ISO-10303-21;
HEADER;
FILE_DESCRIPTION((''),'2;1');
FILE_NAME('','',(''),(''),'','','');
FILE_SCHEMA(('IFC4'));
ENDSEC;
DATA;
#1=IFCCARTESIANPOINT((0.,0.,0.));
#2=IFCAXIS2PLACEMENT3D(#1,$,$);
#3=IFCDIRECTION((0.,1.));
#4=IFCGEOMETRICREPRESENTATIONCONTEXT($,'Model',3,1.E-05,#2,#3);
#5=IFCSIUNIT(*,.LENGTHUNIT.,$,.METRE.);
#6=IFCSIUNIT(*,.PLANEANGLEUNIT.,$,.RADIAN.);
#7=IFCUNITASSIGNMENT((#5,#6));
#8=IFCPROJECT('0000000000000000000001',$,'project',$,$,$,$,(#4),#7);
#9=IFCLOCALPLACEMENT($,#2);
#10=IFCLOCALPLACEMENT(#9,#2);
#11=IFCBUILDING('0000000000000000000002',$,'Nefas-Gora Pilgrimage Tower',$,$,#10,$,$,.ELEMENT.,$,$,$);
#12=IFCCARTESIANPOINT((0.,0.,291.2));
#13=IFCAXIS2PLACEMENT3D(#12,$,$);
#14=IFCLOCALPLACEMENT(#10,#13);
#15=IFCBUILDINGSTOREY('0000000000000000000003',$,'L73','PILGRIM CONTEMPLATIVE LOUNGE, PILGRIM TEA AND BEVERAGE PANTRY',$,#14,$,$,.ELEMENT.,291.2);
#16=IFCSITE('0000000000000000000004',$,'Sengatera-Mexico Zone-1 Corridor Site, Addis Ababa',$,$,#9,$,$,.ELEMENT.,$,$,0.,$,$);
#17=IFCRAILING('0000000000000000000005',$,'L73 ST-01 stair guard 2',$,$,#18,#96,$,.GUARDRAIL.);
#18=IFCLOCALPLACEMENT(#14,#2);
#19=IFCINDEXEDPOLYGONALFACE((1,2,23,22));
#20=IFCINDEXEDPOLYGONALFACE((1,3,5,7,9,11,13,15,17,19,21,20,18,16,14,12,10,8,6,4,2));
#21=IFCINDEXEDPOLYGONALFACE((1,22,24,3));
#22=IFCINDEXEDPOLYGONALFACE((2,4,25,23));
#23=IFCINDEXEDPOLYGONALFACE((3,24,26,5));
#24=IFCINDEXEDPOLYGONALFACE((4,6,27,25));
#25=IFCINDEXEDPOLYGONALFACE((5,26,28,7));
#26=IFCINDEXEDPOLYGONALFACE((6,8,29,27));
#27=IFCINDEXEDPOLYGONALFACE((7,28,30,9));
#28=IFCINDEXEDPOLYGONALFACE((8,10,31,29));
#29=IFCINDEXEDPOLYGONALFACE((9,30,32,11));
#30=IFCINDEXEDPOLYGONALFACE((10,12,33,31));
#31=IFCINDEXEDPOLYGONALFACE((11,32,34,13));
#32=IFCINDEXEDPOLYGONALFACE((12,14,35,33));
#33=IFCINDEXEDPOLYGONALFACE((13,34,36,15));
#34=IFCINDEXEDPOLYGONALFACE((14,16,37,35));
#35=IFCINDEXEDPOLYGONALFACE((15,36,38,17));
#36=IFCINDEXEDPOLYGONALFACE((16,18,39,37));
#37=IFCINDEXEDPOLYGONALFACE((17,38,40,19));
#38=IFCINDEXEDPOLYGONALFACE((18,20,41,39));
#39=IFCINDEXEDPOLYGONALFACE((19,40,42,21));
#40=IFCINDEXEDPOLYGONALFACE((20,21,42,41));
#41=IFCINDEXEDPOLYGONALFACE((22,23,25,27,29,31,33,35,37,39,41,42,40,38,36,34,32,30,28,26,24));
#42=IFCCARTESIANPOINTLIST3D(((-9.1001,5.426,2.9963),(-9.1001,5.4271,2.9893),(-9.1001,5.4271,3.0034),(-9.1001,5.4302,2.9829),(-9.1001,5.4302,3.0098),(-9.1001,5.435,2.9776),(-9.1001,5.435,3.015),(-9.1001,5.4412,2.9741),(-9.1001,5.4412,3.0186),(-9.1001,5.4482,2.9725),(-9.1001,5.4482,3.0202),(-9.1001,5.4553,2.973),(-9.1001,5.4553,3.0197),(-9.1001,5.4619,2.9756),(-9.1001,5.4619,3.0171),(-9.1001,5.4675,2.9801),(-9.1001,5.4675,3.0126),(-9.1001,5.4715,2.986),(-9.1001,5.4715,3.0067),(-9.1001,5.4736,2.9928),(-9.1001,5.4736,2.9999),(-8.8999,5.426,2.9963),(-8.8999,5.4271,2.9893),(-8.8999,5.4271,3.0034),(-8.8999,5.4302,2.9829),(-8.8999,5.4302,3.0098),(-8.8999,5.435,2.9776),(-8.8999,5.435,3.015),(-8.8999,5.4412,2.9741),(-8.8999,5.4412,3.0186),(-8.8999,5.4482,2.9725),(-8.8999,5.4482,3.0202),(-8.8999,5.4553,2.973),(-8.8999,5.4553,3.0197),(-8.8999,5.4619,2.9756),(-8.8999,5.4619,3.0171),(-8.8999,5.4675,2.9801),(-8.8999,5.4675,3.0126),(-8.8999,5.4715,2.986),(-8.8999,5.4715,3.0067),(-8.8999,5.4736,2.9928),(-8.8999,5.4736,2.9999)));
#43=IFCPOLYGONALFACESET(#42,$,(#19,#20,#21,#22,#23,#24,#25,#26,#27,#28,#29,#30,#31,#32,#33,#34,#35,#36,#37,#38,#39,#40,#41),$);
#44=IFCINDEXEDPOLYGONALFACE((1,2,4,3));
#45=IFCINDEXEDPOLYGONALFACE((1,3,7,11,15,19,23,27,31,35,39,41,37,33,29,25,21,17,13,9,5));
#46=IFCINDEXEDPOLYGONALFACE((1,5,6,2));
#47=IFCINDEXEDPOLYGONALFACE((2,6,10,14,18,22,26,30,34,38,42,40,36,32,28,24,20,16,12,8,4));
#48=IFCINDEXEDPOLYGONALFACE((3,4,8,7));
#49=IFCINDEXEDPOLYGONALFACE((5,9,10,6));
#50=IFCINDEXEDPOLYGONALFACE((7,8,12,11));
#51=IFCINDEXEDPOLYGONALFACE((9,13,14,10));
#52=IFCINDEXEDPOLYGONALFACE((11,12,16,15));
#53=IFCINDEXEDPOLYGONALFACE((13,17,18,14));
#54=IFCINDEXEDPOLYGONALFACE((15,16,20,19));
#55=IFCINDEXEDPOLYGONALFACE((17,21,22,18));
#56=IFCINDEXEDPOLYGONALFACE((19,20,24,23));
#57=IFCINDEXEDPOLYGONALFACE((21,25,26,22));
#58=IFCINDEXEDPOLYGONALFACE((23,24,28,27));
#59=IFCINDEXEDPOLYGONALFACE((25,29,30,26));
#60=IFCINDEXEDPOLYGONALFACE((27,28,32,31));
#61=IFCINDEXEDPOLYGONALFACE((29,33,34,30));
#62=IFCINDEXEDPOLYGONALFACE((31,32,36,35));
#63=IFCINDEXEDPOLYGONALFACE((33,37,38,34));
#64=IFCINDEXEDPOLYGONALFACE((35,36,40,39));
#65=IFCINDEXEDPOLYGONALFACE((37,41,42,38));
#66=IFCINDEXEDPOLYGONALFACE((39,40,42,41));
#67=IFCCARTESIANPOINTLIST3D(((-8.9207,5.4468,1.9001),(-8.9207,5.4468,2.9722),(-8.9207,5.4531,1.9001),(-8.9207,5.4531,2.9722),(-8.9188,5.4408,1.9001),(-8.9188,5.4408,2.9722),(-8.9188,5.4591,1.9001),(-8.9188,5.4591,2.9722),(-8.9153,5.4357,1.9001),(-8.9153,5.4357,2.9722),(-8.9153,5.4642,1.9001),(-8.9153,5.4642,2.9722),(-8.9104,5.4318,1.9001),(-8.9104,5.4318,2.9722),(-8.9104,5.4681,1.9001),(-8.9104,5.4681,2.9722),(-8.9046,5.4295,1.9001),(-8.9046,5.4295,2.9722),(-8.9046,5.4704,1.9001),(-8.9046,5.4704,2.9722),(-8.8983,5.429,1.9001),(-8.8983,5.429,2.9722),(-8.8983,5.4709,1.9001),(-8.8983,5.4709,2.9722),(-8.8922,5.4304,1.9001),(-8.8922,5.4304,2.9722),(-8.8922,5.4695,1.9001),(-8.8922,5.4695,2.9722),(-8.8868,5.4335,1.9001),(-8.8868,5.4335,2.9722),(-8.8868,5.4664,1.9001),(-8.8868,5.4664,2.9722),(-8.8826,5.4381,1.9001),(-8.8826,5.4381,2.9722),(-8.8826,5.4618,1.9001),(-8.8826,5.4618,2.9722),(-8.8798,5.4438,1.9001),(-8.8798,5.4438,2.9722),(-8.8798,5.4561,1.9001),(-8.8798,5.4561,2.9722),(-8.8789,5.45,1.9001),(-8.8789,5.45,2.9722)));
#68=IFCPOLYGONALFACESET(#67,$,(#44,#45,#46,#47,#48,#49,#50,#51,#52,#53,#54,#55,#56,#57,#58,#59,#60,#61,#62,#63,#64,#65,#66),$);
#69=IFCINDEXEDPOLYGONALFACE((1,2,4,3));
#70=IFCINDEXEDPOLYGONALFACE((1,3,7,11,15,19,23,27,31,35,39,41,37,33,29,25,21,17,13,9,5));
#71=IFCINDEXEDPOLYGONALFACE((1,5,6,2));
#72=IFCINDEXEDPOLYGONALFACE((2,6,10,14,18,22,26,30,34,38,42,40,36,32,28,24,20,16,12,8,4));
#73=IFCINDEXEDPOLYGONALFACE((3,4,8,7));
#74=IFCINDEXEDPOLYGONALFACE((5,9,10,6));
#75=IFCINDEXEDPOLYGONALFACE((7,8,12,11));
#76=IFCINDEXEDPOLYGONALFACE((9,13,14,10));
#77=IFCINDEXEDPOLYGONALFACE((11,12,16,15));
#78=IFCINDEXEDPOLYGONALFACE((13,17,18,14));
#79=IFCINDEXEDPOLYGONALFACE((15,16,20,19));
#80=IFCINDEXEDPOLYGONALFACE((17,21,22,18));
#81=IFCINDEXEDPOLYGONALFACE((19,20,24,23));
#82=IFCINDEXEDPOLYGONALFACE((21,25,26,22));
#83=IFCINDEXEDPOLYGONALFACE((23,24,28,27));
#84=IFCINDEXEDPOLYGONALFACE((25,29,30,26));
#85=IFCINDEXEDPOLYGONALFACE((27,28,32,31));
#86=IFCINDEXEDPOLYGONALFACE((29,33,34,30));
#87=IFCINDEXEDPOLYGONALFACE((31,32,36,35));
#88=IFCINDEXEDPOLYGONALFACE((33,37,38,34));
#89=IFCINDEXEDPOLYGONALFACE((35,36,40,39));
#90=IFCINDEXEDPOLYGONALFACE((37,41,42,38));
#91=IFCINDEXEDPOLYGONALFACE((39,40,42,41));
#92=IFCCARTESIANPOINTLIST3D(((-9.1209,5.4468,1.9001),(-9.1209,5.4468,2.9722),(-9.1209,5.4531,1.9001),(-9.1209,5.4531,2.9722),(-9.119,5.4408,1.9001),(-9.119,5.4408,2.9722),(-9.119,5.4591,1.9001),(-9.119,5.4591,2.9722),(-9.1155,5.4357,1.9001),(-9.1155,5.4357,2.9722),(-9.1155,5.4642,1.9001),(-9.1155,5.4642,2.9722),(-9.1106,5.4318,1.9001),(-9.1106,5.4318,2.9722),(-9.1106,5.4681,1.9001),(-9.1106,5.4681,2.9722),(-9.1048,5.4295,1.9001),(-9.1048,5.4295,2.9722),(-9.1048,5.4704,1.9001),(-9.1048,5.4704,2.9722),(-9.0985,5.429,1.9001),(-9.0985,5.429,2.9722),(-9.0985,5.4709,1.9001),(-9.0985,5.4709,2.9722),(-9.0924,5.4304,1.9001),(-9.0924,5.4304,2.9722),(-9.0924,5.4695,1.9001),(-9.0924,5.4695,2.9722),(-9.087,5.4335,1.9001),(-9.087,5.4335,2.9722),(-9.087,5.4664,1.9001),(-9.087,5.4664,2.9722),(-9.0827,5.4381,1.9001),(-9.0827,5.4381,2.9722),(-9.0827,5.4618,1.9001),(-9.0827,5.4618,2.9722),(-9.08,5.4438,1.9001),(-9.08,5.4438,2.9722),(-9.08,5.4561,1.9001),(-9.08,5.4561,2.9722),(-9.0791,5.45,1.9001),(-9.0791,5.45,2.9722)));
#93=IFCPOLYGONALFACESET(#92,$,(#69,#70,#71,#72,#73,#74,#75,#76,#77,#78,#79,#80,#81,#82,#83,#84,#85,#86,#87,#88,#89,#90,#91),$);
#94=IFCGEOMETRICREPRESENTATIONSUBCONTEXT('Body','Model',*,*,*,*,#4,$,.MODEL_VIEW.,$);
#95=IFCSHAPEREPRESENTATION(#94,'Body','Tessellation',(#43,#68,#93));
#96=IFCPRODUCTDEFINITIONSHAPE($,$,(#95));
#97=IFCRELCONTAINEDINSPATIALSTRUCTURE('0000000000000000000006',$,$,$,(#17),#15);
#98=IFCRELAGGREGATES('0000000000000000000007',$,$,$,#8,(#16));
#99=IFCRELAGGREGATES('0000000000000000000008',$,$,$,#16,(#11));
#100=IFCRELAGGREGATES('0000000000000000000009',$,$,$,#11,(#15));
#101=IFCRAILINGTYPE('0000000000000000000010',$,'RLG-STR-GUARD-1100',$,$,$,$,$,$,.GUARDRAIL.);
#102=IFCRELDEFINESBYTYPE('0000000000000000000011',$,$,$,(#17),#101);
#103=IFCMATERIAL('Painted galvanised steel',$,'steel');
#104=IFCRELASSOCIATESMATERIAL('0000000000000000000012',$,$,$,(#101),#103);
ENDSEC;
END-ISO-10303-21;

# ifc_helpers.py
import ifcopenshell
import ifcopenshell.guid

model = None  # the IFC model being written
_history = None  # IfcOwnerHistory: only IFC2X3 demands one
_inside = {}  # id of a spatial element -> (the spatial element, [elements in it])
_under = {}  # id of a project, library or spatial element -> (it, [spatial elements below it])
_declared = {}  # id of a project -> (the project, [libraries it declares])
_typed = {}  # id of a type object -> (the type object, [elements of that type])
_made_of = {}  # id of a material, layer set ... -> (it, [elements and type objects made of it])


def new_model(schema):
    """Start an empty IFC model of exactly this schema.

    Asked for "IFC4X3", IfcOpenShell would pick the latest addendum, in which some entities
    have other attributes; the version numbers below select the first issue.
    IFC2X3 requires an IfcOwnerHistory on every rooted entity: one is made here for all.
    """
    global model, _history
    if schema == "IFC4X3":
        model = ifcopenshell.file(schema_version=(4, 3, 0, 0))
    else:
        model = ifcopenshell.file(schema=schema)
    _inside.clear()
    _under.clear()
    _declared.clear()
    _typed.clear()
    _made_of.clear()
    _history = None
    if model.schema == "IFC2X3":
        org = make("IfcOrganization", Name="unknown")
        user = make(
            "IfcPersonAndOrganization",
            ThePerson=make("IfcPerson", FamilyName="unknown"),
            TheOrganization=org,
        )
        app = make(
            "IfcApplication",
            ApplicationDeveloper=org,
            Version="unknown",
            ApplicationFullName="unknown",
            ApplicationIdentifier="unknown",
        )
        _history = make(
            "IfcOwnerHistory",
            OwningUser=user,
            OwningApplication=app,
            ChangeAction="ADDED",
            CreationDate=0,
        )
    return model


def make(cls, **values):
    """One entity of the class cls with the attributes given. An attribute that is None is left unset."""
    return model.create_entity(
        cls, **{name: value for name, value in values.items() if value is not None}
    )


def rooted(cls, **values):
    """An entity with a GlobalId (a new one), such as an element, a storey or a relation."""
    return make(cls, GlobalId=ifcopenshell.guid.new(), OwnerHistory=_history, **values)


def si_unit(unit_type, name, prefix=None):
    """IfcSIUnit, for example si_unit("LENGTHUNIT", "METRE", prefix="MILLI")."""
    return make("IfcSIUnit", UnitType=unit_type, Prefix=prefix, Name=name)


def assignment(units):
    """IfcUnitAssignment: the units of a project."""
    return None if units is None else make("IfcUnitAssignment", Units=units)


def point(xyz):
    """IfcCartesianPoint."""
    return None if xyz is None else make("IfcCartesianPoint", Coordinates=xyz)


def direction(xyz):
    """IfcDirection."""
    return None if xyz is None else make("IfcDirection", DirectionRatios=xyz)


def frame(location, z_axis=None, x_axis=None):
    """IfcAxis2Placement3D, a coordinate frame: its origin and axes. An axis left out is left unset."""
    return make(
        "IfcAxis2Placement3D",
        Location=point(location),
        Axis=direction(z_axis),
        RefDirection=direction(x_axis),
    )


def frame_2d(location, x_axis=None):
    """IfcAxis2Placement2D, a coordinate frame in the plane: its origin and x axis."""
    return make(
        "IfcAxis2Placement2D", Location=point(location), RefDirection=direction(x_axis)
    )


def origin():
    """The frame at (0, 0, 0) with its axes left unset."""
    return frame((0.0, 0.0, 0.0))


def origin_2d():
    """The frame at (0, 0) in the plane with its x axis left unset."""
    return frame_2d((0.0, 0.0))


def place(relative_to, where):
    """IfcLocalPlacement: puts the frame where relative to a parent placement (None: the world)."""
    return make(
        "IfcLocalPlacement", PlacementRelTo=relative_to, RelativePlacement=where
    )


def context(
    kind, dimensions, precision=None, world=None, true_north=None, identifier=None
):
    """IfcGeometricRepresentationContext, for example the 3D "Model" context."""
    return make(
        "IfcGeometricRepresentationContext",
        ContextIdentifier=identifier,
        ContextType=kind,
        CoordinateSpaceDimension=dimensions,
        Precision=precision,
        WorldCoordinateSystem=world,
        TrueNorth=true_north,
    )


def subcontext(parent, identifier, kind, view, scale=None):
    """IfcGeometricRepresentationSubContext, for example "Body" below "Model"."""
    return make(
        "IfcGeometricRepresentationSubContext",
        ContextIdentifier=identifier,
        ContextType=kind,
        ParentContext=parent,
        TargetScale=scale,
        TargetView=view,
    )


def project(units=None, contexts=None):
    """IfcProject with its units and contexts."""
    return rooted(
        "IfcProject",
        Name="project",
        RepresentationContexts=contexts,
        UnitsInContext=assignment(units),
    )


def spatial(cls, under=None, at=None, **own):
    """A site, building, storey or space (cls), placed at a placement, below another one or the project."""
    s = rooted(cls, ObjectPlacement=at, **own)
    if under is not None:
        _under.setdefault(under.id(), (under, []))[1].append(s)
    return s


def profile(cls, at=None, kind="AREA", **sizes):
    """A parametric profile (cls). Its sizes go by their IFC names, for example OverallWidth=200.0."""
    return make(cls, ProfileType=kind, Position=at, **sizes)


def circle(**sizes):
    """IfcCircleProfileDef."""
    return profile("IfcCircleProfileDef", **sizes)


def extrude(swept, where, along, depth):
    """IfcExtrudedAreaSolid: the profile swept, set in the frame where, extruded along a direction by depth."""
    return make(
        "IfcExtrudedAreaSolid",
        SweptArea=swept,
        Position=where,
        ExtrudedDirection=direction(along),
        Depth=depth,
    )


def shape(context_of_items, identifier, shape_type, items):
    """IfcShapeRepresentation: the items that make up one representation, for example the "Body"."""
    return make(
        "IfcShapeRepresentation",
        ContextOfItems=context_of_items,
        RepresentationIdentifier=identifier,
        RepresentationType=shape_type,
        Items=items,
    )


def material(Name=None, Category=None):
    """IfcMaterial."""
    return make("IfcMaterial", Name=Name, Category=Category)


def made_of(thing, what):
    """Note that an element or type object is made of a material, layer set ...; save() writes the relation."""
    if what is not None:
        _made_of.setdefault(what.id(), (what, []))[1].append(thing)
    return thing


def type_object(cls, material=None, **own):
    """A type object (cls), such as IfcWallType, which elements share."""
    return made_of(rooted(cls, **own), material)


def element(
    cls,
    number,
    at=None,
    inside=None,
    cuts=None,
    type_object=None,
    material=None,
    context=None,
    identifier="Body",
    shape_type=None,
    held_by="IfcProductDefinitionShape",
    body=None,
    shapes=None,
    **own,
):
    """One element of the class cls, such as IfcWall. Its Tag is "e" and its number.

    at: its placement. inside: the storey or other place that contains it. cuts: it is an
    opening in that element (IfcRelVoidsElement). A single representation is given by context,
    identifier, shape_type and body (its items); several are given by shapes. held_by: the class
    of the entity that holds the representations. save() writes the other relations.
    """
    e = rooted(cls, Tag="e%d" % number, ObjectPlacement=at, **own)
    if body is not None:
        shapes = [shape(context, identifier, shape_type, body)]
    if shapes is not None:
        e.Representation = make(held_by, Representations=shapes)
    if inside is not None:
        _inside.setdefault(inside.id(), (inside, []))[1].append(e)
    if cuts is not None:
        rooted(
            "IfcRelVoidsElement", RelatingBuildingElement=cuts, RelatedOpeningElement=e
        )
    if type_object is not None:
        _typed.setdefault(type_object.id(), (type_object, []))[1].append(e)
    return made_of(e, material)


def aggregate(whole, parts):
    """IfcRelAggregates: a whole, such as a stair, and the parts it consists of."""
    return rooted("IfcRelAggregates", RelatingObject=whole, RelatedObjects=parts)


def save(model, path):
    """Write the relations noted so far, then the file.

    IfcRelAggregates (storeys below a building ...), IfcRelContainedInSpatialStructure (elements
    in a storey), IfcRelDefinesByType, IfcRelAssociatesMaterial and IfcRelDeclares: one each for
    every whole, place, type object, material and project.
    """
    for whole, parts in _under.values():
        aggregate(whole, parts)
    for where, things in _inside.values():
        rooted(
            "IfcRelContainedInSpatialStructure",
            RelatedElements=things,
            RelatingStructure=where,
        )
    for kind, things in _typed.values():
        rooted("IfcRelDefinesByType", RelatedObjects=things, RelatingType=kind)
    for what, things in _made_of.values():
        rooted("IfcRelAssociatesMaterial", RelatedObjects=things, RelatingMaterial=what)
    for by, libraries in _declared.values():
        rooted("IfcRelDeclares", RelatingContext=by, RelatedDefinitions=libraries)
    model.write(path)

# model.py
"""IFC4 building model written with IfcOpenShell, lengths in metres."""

from ifc_helpers import new_model, si_unit, direction, frame, origin, origin_2d, place, context, subcontext, project, spatial, circle, extrude, material, type_object, element, save


model = new_model("IFC4")

# Units and contexts
model_context = context("Model", 3, precision=1e-05, world=origin(), true_north=direction((0.0, 1.0)))
body_context = subcontext(model_context, "Body", "Model", "MODEL_VIEW")
ifc_project = project(units=[si_unit("LENGTHUNIT", "METRE"), si_unit("PLANEANGLEUNIT", "RADIAN")], contexts=[model_context])

# Site, building, storey
site_placement = place(None, origin())
site = spatial("IfcSite", under=ifc_project, at=site_placement, Name="Sengatera-Mexico Zone-1 Corridor Site, Addis Ababa", CompositionType="ELEMENT", RefElevation=0.0)
building_placement = place(site_placement, origin())
building = spatial("IfcBuilding", under=site, at=building_placement, Name="Nefas-Gora Pilgrimage Tower", CompositionType="ELEMENT")
storey_placement = place(building_placement, frame((0.0, 0.0, 291.2)))
storey = spatial("IfcBuildingStorey", under=building, at=storey_placement, Name="L73", Description="PILGRIM CONTEMPLATIVE LOUNGE, PILGRIM TEA AND BEVERAGE PANTRY", CompositionType="ELEMENT", Elevation=291.2)

# Railing
ifc_material_1 = material(Name="Painted galvanised steel", Category="steel")
railing_type_1 = type_object("IfcRailingType", Name="RLG-STR-GUARD-1100", PredefinedType="GUARDRAIL", material=ifc_material_1)
railing_1_placement = place(storey_placement, frame((-8.8999, 5.45, 1.9001)))
element("IfcRailing", 1, at=railing_1_placement, inside=storey, type_object=railing_type_1, Name="L73 ST-01 stair guard 2", PredefinedType="GUARDRAIL", context=body_context, shape_type="SweptSolid", body=[
    extrude(circle(Radius=0.0239, at=origin_2d()), frame((0.0, 0.0, 1.0962), z_axis=(-1.0, 0.0, 0.0), x_axis=(0.0, -1.0, 0.0)), (0.0, 0.0, 1.0), 0.2002),
    extrude(circle(Radius=0.021, at=origin_2d()), origin(), (0.0, 0.0, 1.0), 1.072),
    extrude(circle(Radius=0.021, at=origin_2d()), frame((-0.2002, 0.0, 0.0)), (0.0, 0.0, 1.0), 1.072),
])

save(model, "model.ifc")
